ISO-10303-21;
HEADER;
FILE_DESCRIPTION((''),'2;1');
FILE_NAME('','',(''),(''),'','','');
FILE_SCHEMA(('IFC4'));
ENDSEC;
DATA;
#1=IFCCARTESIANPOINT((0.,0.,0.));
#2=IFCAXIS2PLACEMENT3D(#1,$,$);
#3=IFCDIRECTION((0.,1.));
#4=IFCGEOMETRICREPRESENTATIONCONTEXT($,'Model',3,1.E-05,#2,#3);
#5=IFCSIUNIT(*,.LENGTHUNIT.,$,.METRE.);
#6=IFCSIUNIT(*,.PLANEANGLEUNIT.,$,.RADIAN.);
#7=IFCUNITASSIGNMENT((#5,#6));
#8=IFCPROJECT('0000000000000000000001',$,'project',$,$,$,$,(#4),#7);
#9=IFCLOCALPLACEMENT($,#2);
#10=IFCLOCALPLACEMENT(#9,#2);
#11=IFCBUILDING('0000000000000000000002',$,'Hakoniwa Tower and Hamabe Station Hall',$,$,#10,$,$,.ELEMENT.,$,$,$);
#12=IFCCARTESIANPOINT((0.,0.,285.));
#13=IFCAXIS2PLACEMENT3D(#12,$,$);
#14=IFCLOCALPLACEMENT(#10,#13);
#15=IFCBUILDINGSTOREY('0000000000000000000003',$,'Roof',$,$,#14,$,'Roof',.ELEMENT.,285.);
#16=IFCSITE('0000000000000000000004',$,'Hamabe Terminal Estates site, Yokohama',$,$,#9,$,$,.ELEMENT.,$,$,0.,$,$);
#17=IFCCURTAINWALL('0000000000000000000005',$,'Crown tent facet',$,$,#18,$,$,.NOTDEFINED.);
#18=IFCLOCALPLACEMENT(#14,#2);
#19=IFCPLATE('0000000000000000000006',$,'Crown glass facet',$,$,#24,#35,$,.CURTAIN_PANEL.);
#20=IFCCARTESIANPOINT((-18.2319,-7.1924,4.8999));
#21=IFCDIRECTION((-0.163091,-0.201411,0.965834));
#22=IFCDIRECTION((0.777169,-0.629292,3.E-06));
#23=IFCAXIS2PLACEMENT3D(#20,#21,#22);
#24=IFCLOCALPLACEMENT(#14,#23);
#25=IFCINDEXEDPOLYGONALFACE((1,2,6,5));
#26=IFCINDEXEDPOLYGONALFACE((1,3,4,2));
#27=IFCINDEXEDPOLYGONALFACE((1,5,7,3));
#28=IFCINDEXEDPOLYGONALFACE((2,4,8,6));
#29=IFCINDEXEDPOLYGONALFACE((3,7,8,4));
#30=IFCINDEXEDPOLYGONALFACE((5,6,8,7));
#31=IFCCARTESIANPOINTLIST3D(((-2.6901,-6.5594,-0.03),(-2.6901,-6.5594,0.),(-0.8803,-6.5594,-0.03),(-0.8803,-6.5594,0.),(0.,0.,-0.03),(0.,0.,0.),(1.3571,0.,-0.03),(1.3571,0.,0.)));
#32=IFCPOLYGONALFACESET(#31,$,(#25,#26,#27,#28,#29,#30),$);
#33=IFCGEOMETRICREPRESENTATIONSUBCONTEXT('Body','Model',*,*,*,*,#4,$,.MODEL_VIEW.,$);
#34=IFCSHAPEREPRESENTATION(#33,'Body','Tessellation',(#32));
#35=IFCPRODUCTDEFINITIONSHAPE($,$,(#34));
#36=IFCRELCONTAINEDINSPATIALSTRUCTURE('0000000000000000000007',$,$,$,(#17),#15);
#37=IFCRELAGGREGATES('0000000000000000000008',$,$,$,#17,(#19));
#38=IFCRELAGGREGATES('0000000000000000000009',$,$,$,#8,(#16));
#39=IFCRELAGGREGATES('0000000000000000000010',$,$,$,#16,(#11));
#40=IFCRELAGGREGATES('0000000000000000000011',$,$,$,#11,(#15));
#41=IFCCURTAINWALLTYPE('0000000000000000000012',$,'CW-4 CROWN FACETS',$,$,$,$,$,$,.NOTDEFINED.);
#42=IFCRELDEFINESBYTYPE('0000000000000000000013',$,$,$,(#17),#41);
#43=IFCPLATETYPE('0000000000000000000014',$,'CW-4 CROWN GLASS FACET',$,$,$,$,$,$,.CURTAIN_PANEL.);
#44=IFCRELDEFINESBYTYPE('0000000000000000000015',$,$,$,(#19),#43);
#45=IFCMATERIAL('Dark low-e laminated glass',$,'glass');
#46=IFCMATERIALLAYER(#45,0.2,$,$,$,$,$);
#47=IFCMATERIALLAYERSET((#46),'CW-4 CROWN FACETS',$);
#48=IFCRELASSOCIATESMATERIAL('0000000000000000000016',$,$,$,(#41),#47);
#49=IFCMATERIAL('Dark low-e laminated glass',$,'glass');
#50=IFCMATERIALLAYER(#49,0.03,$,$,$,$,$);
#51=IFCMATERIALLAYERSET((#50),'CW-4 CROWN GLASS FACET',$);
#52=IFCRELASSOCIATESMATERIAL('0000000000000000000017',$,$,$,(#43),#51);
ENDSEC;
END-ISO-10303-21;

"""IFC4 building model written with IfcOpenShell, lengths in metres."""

from ifc_helpers import new_model, si_unit, direction, frame, origin, place, context, subcontext, project, spatial, polyline, outline, extrude, material, layer, layer_set, type_object, element, aggregate, save


model = new_model("IFC4")

# Units and contexts
model_context = context("Model", 3, precision=1e-05, world=origin(), true_north=direction((0.0, 1.0)))
body_context = subcontext(model_context, "Body", "Model", "MODEL_VIEW")
ifc_project = project(units=[si_unit("LENGTHUNIT", "METRE"), si_unit("PLANEANGLEUNIT", "RADIAN")], contexts=[model_context])

# Site, building, storey
site_placement = place(None, origin())
site = spatial("IfcSite", under=ifc_project, at=site_placement, Name="Hamabe Terminal Estates site, Yokohama", CompositionType="ELEMENT", RefElevation=0.0)
building_placement = place(site_placement, origin())
building = spatial("IfcBuilding", under=site, at=building_placement, Name="Hakoniwa Tower and Hamabe Station Hall", CompositionType="ELEMENT")
storey_placement = place(building_placement, frame((0.0, 0.0, 285.0)))
storey = spatial("IfcBuildingStorey", under=building, at=storey_placement, Name="Roof", LongName="Roof", CompositionType="ELEMENT", Elevation=285.0)

# Curtain wall
ifc_material_1 = material(Name="Dark low-e laminated glass", Category="glass")
ifc_layer_1 = layer(ifc_material_1, 0.2)
ifc_layer_set_1 = layer_set([ifc_layer_1], Name="CW-4 CROWN FACETS")
curtain_wall_type = type_object("IfcCurtainWallType", Name="CW-4 CROWN FACETS", PredefinedType="NOTDEFINED", material=ifc_layer_set_1)
curtain_wall_1_placement = place(storey_placement, origin())
curtain_wall_1 = element("IfcCurtainWall", 1, at=curtain_wall_1_placement, inside=storey, type_object=curtain_wall_type, Name="Crown tent facet", PredefinedType="NOTDEFINED")

# Shared definitions
ifc_material_2 = material(Name="Dark low-e laminated glass", Category="glass")
ifc_layer_2 = layer(ifc_material_2, 0.03)
ifc_layer_set_2 = layer_set([ifc_layer_2], Name="CW-4 CROWN GLASS FACET")
plate_type = type_object("IfcPlateType", Name="CW-4 CROWN GLASS FACET", PredefinedType="CURTAIN_PANEL", material=ifc_layer_set_2)

# Plate
plate_1_placement = place(storey_placement, frame((-18.2319, -7.1924, 4.8999), z_axis=(-0.163091, -0.201411, 0.965834), x_axis=(0.777169, -0.629292, 0.000003)))
plate_1 = element("IfcPlate", 2, at=plate_1_placement, type_object=plate_type, Name="Crown glass facet", PredefinedType="CURTAIN_PANEL", context=body_context, shape_type="SweptSolid", body=[
    extrude(outline(polyline([(0.0, 0.0), (1.3571, 0.0), (-0.8803, -6.5594), (-2.6901, -6.5594), (0.0, 0.0)])), origin(), (0.0, 0.0, -1.0), 0.03),
])
aggregate(curtain_wall_1, [plate_1])

save(model, "model.ifc")
